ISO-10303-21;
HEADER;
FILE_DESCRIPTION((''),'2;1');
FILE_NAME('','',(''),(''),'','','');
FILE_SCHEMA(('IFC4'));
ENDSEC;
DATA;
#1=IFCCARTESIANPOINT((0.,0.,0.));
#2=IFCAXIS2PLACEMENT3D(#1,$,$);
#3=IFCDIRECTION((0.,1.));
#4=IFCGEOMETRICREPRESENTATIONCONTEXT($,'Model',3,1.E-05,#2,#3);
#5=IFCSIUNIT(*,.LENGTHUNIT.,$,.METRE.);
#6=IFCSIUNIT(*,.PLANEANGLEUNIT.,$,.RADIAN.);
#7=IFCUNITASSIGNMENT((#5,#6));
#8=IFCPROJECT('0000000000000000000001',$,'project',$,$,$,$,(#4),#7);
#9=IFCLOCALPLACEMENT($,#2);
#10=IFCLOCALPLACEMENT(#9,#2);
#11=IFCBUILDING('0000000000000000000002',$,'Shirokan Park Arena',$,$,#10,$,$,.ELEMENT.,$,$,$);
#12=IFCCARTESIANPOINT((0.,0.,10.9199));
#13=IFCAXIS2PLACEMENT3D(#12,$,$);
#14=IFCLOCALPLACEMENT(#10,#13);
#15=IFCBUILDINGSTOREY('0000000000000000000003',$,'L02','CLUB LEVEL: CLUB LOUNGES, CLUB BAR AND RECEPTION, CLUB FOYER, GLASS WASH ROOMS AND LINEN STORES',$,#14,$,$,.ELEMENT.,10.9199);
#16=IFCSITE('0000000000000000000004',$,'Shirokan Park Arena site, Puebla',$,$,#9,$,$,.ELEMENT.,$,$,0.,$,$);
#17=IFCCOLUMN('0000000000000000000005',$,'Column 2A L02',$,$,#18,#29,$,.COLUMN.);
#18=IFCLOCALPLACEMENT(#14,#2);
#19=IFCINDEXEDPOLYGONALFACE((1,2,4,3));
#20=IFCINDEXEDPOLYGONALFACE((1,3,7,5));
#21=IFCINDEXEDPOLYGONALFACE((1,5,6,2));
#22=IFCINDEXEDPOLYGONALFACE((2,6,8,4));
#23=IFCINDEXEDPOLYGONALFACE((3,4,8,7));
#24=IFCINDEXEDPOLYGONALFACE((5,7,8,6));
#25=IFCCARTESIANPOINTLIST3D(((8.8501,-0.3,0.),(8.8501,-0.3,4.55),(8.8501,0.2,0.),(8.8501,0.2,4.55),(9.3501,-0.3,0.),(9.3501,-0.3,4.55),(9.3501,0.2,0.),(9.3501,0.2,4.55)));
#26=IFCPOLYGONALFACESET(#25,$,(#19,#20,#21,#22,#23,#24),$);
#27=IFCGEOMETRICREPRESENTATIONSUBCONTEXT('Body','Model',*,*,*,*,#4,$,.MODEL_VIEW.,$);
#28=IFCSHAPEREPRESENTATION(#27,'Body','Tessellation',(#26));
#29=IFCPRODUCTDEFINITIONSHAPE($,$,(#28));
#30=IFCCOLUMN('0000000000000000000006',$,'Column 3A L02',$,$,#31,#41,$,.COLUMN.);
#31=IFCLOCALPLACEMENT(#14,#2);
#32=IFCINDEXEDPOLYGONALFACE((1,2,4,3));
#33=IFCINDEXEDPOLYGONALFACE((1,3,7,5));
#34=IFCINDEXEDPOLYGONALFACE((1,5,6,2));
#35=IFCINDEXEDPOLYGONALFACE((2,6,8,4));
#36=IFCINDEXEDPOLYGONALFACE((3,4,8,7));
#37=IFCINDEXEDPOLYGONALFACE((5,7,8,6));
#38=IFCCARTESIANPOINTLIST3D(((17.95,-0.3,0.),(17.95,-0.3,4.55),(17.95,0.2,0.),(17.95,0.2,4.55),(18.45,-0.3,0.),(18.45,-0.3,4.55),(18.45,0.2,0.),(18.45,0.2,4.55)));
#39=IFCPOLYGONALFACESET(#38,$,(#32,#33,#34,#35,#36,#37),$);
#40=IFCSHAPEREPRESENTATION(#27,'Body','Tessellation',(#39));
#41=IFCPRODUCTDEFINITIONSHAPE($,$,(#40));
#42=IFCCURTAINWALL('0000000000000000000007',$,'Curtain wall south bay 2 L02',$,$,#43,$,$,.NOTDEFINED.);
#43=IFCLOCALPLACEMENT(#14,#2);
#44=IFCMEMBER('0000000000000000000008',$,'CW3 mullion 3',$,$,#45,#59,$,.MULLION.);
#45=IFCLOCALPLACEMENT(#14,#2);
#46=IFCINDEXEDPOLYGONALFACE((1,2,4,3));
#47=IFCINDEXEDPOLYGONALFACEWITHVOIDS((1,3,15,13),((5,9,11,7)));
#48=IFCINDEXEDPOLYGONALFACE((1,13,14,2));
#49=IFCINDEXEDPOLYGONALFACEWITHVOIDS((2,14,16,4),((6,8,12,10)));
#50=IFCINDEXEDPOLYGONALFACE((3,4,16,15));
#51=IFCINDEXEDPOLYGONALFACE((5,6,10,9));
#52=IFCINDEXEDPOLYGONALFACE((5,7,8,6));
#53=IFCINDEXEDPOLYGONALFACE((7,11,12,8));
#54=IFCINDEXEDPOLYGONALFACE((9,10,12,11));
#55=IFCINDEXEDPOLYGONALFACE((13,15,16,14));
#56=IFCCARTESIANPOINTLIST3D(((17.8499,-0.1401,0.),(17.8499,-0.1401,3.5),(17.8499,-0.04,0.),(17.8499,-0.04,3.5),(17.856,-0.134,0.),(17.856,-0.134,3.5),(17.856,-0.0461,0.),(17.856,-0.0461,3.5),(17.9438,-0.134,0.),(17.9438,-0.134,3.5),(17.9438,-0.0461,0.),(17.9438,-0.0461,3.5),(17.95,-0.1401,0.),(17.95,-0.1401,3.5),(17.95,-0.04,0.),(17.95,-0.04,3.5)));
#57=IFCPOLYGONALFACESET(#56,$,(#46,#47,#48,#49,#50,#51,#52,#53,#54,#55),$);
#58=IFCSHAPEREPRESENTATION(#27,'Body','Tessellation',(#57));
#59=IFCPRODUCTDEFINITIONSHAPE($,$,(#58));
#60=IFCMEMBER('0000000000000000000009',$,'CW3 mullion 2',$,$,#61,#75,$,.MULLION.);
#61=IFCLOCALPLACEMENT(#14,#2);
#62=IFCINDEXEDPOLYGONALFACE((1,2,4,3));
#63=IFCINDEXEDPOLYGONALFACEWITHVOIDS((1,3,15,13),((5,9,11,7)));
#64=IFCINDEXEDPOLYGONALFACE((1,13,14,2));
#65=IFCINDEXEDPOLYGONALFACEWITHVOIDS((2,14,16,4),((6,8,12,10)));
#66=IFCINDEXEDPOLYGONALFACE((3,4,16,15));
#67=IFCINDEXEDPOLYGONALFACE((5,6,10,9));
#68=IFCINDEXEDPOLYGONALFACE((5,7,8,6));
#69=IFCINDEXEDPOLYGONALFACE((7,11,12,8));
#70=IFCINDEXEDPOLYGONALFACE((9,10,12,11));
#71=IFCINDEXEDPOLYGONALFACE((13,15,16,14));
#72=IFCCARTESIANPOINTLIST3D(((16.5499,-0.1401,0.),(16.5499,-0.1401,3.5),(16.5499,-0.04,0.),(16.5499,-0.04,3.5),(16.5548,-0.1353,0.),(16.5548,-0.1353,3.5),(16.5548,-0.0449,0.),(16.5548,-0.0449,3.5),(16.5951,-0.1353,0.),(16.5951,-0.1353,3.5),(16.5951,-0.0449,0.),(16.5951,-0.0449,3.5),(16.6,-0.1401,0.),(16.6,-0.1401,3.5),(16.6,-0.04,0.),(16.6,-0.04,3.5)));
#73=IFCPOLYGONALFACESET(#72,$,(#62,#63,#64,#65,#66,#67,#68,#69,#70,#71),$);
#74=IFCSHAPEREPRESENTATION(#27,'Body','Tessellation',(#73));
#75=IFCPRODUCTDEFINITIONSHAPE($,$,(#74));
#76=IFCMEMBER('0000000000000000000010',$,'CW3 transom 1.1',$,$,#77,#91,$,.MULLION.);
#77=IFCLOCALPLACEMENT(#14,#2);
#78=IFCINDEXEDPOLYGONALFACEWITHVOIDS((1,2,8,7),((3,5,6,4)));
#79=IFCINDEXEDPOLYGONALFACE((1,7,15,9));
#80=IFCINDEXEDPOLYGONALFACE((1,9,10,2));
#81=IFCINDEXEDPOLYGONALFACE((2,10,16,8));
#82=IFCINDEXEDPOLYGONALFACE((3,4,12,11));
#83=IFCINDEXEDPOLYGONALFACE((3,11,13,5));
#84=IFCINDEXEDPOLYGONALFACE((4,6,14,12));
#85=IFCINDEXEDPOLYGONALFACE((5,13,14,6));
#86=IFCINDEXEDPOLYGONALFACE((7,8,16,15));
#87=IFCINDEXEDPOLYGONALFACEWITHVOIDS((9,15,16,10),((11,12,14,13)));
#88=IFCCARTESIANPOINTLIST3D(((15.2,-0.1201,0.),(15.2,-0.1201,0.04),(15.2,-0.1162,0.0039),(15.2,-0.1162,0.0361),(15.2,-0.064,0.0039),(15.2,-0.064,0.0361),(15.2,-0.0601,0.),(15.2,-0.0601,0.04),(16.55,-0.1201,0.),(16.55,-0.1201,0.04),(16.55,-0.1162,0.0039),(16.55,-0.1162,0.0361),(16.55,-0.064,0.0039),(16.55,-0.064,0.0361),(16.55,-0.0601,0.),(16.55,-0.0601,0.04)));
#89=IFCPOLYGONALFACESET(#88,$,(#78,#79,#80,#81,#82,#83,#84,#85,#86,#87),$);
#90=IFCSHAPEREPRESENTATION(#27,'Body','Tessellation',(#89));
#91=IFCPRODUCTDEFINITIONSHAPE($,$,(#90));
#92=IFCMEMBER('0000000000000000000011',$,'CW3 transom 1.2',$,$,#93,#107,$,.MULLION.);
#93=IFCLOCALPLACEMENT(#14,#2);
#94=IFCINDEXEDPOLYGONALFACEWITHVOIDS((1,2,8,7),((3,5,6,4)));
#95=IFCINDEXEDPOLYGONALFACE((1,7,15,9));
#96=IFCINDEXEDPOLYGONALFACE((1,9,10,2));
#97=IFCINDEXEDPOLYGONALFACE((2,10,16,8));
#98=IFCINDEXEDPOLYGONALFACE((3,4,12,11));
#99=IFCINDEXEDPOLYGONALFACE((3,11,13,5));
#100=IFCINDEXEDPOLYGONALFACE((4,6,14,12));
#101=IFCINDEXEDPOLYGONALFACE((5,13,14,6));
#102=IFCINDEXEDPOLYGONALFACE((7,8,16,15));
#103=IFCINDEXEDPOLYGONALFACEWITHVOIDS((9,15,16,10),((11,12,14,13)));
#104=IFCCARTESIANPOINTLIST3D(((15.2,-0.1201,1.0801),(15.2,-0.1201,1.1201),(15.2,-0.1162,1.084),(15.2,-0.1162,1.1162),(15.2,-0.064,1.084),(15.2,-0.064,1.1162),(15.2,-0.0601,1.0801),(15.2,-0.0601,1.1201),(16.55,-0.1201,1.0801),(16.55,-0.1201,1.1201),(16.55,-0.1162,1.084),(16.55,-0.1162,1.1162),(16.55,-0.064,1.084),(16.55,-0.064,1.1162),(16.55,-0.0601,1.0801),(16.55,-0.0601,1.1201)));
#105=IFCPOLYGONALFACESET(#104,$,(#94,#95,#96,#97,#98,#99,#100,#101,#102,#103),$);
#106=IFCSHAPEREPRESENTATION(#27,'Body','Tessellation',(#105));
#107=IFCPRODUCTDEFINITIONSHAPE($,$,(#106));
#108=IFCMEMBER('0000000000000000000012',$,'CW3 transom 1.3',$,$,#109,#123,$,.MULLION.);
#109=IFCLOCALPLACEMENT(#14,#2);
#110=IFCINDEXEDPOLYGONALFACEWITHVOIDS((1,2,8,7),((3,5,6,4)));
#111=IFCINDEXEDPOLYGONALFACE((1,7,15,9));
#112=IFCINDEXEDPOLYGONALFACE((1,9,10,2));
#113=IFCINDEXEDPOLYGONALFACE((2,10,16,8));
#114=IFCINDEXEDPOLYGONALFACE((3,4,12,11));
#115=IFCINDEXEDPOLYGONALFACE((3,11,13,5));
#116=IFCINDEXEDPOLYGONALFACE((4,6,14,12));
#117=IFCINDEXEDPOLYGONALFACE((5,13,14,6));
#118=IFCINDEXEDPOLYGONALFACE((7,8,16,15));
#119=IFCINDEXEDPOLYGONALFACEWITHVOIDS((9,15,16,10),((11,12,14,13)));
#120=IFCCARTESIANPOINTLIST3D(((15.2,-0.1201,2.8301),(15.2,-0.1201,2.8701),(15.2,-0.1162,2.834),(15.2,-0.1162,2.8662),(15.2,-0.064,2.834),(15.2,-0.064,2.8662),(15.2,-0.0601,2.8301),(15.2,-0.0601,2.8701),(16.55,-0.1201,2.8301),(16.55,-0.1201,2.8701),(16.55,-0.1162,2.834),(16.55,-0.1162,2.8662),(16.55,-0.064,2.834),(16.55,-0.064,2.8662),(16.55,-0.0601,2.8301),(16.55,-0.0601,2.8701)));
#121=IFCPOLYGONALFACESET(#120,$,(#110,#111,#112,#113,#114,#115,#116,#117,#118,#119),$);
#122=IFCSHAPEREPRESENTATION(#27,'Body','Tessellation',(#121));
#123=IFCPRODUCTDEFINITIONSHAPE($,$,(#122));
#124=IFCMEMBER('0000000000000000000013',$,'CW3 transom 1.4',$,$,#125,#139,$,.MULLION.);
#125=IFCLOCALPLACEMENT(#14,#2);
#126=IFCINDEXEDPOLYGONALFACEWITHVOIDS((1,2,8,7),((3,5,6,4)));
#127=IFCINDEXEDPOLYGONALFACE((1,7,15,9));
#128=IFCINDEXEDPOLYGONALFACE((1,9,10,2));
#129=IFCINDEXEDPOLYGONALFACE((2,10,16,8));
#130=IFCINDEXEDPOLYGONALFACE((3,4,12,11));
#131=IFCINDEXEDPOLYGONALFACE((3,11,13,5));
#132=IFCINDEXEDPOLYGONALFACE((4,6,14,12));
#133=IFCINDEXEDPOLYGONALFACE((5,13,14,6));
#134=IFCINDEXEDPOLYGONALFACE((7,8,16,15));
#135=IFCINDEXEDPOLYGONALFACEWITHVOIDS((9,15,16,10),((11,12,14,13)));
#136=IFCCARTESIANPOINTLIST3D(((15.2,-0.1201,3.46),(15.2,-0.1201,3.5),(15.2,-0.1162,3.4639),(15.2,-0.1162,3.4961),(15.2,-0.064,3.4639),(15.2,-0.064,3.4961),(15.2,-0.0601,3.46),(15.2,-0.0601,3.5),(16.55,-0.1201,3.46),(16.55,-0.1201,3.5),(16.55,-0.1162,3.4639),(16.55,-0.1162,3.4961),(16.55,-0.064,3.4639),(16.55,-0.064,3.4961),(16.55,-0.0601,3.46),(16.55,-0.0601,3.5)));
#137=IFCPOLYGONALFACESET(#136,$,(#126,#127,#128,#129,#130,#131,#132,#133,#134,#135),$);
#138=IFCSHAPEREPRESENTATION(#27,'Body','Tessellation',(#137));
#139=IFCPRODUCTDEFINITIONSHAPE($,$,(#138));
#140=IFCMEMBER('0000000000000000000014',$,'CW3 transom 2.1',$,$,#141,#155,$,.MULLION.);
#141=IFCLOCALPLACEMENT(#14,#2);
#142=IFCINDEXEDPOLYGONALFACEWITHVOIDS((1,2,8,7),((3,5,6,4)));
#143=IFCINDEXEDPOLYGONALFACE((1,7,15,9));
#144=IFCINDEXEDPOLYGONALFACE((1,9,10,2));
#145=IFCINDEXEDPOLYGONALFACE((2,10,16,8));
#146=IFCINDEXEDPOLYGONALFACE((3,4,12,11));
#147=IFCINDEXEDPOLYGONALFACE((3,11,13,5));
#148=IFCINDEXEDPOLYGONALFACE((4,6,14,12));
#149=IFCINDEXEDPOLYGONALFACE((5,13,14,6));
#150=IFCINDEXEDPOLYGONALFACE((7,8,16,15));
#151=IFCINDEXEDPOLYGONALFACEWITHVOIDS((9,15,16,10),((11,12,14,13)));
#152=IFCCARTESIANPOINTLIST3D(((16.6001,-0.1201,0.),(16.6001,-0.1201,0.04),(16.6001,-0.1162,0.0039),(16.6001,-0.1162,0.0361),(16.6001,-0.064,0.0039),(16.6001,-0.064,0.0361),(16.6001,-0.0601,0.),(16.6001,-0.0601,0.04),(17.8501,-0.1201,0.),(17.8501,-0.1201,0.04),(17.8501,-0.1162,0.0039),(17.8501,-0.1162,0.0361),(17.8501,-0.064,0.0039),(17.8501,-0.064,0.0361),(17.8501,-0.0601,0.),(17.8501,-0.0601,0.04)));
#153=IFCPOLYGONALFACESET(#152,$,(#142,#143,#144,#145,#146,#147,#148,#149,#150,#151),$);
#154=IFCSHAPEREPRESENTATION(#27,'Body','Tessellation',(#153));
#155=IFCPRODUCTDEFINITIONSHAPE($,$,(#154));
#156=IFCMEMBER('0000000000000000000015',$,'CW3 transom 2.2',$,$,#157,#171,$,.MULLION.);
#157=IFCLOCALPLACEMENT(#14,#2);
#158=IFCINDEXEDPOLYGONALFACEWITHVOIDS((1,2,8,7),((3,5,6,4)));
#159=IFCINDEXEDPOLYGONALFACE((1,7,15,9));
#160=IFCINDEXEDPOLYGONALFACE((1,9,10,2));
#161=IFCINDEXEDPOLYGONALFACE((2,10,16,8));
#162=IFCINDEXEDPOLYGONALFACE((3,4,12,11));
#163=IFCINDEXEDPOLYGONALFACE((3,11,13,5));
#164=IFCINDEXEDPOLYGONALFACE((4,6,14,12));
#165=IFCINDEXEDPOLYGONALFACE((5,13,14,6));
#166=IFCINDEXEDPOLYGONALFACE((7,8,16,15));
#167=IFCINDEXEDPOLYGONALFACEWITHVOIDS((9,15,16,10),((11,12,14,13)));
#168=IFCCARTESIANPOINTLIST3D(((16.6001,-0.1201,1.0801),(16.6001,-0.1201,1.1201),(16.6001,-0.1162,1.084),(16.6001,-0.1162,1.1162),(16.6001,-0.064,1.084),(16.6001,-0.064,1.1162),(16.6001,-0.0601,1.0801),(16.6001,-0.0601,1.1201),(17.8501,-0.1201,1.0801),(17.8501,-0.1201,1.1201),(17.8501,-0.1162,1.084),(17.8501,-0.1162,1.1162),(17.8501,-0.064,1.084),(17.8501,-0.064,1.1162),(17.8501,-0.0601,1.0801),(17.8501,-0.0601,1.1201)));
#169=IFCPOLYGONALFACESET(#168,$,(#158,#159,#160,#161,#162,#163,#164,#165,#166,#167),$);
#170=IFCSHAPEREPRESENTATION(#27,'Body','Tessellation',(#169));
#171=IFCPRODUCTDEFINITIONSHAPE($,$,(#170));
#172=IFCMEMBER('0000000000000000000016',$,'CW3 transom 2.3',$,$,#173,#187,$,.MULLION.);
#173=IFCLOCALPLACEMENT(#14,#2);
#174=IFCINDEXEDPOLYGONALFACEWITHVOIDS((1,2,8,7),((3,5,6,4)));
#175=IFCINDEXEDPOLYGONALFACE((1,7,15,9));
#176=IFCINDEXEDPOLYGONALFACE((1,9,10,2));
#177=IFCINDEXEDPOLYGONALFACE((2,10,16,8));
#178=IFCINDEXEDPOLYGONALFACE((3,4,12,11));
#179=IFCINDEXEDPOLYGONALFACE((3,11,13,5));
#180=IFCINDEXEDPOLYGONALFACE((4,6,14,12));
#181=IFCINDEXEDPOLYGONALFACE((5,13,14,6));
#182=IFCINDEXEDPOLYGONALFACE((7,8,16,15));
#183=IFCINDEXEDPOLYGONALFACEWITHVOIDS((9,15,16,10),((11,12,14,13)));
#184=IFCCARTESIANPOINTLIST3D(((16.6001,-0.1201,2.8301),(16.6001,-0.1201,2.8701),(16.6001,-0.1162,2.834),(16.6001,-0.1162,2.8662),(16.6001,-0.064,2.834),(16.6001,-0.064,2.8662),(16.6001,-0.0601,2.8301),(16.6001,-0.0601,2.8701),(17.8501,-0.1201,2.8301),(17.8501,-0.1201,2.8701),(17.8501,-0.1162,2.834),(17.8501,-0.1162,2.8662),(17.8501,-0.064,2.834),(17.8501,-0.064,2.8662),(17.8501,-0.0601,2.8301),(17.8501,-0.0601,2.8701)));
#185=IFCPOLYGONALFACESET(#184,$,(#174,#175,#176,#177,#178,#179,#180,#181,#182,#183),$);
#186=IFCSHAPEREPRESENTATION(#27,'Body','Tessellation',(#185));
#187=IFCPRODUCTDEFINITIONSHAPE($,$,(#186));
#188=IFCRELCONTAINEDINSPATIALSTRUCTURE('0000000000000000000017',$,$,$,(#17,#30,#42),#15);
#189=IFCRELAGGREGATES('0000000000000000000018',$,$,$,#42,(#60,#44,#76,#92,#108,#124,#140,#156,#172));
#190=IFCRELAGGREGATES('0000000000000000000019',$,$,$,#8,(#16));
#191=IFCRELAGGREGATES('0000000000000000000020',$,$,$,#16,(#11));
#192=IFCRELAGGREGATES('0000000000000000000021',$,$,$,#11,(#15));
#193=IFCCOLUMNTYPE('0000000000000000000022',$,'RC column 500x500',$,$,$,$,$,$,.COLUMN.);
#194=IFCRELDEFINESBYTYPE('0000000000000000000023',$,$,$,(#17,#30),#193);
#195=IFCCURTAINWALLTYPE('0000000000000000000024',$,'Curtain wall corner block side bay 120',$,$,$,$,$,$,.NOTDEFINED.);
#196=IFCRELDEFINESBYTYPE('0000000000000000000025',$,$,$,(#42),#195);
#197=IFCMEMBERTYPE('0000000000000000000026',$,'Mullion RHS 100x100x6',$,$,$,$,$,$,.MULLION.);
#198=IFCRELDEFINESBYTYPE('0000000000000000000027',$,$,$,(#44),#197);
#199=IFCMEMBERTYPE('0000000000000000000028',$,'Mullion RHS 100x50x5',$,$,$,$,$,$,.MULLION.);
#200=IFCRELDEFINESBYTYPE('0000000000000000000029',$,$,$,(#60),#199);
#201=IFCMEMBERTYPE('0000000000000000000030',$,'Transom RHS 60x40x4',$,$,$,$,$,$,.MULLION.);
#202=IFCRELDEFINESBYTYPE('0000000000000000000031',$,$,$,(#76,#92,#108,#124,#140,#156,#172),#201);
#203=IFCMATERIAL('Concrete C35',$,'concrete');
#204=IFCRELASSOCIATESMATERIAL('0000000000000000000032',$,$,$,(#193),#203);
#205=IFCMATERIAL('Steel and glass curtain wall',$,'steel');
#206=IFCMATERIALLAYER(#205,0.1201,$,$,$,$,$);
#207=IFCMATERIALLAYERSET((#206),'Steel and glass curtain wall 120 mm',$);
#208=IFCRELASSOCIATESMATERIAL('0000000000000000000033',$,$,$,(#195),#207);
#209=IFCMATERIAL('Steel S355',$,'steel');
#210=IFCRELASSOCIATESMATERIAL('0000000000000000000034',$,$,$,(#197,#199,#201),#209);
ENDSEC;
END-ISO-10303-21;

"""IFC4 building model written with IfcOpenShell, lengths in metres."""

from ifc_helpers import new_model, si_unit, direction, frame, origin, origin_2d, place, context, subcontext, project, spatial, rectangle, hollow_rectangle, extrude, material, layer, layer_set, material_profile, profile_set, type_object, element, aggregate, save


model = new_model("IFC4")

# Units and contexts
model_context = context("Model", 3, precision=1e-05, world=origin(), true_north=direction((0.0, 1.0)))
body_context = subcontext(model_context, "Body", "Model", "MODEL_VIEW")
ifc_project = project(units=[si_unit("LENGTHUNIT", "METRE"), si_unit("PLANEANGLEUNIT", "RADIAN")], contexts=[model_context])

# Site, building, storey
site_placement = place(None, origin())
site = spatial("IfcSite", under=ifc_project, at=site_placement, Name="Shirokan Park Arena site, Puebla", CompositionType="ELEMENT", RefElevation=0.0)
building_placement = place(site_placement, origin())
building = spatial("IfcBuilding", under=site, at=building_placement, Name="Shirokan Park Arena", CompositionType="ELEMENT")
storey_placement = place(building_placement, frame((0.0, 0.0, 10.9199)))
storey = spatial("IfcBuildingStorey", under=building, at=storey_placement, Name="L02", Description="CLUB LEVEL: CLUB LOUNGES, CLUB BAR AND RECEPTION, CLUB FOYER, GLASS WASH ROOMS AND LINEN STORES", CompositionType="ELEMENT", Elevation=10.9199)

# Columns
ifc_material_1 = material(Name="Concrete C35", Category="concrete")
ifc_material_profile_1 = material_profile(ifc_material_1, rectangle(XDim=0.5, YDim=0.5, at=origin_2d()), Name="500x500")
ifc_profile_set_1 = profile_set([ifc_material_profile_1], Name="Concrete C35")
column_type = type_object("IfcColumnType", Name="RC column 500x500", PredefinedType="COLUMN", material=ifc_profile_set_1)
for number, where, z_axis, x_axis, name in (
    (1, (9.1001, -0.05, 0.0), (0.0, 0.0, 1.0), (1.0, 0.0, 0.0), "Column 2A L02"),
    (2, (18.2, -0.05, 0.0), (0.0, 0.0, 1.0), (1.0, 0.0, 0.0), "Column 3A L02"),
):
    element("IfcColumn", number, at=place(storey_placement, frame(where, z_axis=z_axis, x_axis=x_axis)), inside=storey, type_object=column_type, Name=name, PredefinedType="COLUMN", context=body_context, shape_type="SweptSolid", body=[
        extrude(rectangle(XDim=0.5, YDim=0.5, at=origin_2d()), origin(), (0.0, 0.0, 1.0), 4.55),
    ])

# Curtain wall, members
ifc_material_2 = material(Name="Steel and glass curtain wall", Category="steel")
ifc_layer_1 = layer(ifc_material_2, 0.1201)
ifc_layer_set_1 = layer_set([ifc_layer_1], Name="Steel and glass curtain wall 120 mm")
curtain_wall_type = type_object("IfcCurtainWallType", Name="Curtain wall corner block side bay 120", PredefinedType="NOTDEFINED", material=ifc_layer_set_1)
curtain_wall_placement = place(storey_placement, origin())
curtain_wall = element("IfcCurtainWall", 3, at=curtain_wall_placement, inside=storey, type_object=curtain_wall_type, Name="Curtain wall south bay 2 L02", PredefinedType="NOTDEFINED")
ifc_material_3 = material(Name="Steel S355", Category="steel")
ifc_material_profile_2 = material_profile(ifc_material_3, hollow_rectangle(XDim=0.1001, YDim=0.1001, WallThickness=0.0061, at=origin_2d()), Name="RHS 100x100x6")
ifc_profile_set_2 = profile_set([ifc_material_profile_2], Name="Steel S355")
member_type_1 = type_object("IfcMemberType", Name="Mullion RHS 100x100x6", PredefinedType="MULLION", material=ifc_profile_set_2)
member_1_placement = place(storey_placement, frame((17.8999, -0.0901, 0.0), z_axis=(0.0, 0.0, 1.0), x_axis=(0.0, 1.0, 0.0)))
member_1 = element("IfcMember", 4, at=member_1_placement, type_object=member_type_1, Name="CW3 mullion 3", PredefinedType="MULLION", context=body_context, shape_type="SweptSolid", body=[
    extrude(hollow_rectangle(XDim=0.1001, YDim=0.1001, WallThickness=0.0061, at=origin_2d()), origin(), (0.0, 0.0, 1.0), 3.5),
])
ifc_material_profile_3 = material_profile(ifc_material_3, hollow_rectangle(XDim=0.1001, YDim=0.05, WallThickness=0.0049, at=origin_2d()), Name="RHS 100x50x5")
ifc_profile_set_3 = profile_set([ifc_material_profile_3], Name="Steel S355")
member_type_2 = type_object("IfcMemberType", Name="Mullion RHS 100x50x5", PredefinedType="MULLION", material=ifc_profile_set_3)
member_2_placement = place(storey_placement, frame((16.575, -0.0901, 0.0), z_axis=(0.0, 0.0, 1.0), x_axis=(0.0, 1.0, 0.0)))
member_2 = element("IfcMember", 5, at=member_2_placement, type_object=member_type_2, Name="CW3 mullion 2", PredefinedType="MULLION", context=body_context, shape_type="SweptSolid", body=[
    extrude(hollow_rectangle(XDim=0.1001, YDim=0.05, WallThickness=0.0049, at=origin_2d()), origin(), (0.0, 0.0, 1.0), 3.5),
])
ifc_material_profile_4 = material_profile(ifc_material_3, hollow_rectangle(XDim=0.0601, YDim=0.04, WallThickness=0.0039, at=origin_2d()), Name="RHS 60x40x4")
ifc_profile_set_4 = profile_set([ifc_material_profile_4], Name="Steel S355")
member_type_3 = type_object("IfcMemberType", Name="Transom RHS 60x40x4", PredefinedType="MULLION", material=ifc_profile_set_4)
member_3_placement = place(storey_placement, frame((15.2, -0.0901, 0.02), z_axis=(1.0, 0.0, 0.0), x_axis=(0.0, 1.0, 0.0)))
member_3 = element("IfcMember", 6, at=member_3_placement, type_object=member_type_3, Name="CW3 transom 1.1", PredefinedType="MULLION", context=body_context, shape_type="SweptSolid", body=[
    extrude(hollow_rectangle(XDim=0.0601, YDim=0.04, WallThickness=0.0039, at=origin_2d()), origin(), (0.0, 0.0, 1.0), 1.3501),
])
member_4_placement = place(storey_placement, frame((15.2, -0.0901, 1.1001), z_axis=(1.0, 0.0, 0.0), x_axis=(0.0, 1.0, 0.0)))
member_4 = element("IfcMember", 7, at=member_4_placement, type_object=member_type_3, Name="CW3 transom 1.2", PredefinedType="MULLION", context=body_context, shape_type="SweptSolid", body=[
    extrude(hollow_rectangle(XDim=0.0601, YDim=0.04, WallThickness=0.0039, at=origin_2d()), origin(), (0.0, 0.0, 1.0), 1.3501),
])
member_5_placement = place(storey_placement, frame((15.2, -0.0901, 2.8501), z_axis=(1.0, 0.0, 0.0), x_axis=(0.0, 1.0, 0.0)))
member_5 = element("IfcMember", 8, at=member_5_placement, type_object=member_type_3, Name="CW3 transom 1.3", PredefinedType="MULLION", context=body_context, shape_type="SweptSolid", body=[
    extrude(hollow_rectangle(XDim=0.0601, YDim=0.04, WallThickness=0.0039, at=origin_2d()), origin(), (0.0, 0.0, 1.0), 1.3501),
])
member_6_placement = place(storey_placement, frame((15.2, -0.0901, 3.48), z_axis=(1.0, 0.0, 0.0), x_axis=(0.0, 1.0, 0.0)))
member_6 = element("IfcMember", 9, at=member_6_placement, type_object=member_type_3, Name="CW3 transom 1.4", PredefinedType="MULLION", context=body_context, shape_type="SweptSolid", body=[
    extrude(hollow_rectangle(XDim=0.0601, YDim=0.04, WallThickness=0.0039, at=origin_2d()), origin(), (0.0, 0.0, 1.0), 1.3501),
])
member_7_placement = place(storey_placement, frame((16.6001, -0.0901, 0.02), z_axis=(1.0, 0.0, 0.0), x_axis=(0.0, 1.0, 0.0)))
member_7 = element("IfcMember", 10, at=member_7_placement, type_object=member_type_3, Name="CW3 transom 2.1", PredefinedType="MULLION", context=body_context, shape_type="SweptSolid", body=[
    extrude(hollow_rectangle(XDim=0.0601, YDim=0.04, WallThickness=0.0039, at=origin_2d()), origin(), (0.0, 0.0, 1.0), 1.25),
])
member_8_placement = place(storey_placement, frame((16.6001, -0.0901, 1.1001), z_axis=(1.0, 0.0, 0.0), x_axis=(0.0, 1.0, 0.0)))
member_8 = element("IfcMember", 11, at=member_8_placement, type_object=member_type_3, Name="CW3 transom 2.2", PredefinedType="MULLION", context=body_context, shape_type="SweptSolid", body=[
    extrude(hollow_rectangle(XDim=0.0601, YDim=0.04, WallThickness=0.0039, at=origin_2d()), origin(), (0.0, 0.0, 1.0), 1.25),
])
member_9_placement = place(storey_placement, frame((16.6001, -0.0901, 2.8501), z_axis=(1.0, 0.0, 0.0), x_axis=(0.0, 1.0, 0.0)))
member_9 = element("IfcMember", 12, at=member_9_placement, type_object=member_type_3, Name="CW3 transom 2.3", PredefinedType="MULLION", context=body_context, shape_type="SweptSolid", body=[
    extrude(hollow_rectangle(XDim=0.0601, YDim=0.04, WallThickness=0.0039, at=origin_2d()), origin(), (0.0, 0.0, 1.0), 1.25),
])
aggregate(curtain_wall, [member_2, member_1, member_3, member_4, member_5, member_6, member_7, member_8, member_9])

save(model, "model.ifc")
